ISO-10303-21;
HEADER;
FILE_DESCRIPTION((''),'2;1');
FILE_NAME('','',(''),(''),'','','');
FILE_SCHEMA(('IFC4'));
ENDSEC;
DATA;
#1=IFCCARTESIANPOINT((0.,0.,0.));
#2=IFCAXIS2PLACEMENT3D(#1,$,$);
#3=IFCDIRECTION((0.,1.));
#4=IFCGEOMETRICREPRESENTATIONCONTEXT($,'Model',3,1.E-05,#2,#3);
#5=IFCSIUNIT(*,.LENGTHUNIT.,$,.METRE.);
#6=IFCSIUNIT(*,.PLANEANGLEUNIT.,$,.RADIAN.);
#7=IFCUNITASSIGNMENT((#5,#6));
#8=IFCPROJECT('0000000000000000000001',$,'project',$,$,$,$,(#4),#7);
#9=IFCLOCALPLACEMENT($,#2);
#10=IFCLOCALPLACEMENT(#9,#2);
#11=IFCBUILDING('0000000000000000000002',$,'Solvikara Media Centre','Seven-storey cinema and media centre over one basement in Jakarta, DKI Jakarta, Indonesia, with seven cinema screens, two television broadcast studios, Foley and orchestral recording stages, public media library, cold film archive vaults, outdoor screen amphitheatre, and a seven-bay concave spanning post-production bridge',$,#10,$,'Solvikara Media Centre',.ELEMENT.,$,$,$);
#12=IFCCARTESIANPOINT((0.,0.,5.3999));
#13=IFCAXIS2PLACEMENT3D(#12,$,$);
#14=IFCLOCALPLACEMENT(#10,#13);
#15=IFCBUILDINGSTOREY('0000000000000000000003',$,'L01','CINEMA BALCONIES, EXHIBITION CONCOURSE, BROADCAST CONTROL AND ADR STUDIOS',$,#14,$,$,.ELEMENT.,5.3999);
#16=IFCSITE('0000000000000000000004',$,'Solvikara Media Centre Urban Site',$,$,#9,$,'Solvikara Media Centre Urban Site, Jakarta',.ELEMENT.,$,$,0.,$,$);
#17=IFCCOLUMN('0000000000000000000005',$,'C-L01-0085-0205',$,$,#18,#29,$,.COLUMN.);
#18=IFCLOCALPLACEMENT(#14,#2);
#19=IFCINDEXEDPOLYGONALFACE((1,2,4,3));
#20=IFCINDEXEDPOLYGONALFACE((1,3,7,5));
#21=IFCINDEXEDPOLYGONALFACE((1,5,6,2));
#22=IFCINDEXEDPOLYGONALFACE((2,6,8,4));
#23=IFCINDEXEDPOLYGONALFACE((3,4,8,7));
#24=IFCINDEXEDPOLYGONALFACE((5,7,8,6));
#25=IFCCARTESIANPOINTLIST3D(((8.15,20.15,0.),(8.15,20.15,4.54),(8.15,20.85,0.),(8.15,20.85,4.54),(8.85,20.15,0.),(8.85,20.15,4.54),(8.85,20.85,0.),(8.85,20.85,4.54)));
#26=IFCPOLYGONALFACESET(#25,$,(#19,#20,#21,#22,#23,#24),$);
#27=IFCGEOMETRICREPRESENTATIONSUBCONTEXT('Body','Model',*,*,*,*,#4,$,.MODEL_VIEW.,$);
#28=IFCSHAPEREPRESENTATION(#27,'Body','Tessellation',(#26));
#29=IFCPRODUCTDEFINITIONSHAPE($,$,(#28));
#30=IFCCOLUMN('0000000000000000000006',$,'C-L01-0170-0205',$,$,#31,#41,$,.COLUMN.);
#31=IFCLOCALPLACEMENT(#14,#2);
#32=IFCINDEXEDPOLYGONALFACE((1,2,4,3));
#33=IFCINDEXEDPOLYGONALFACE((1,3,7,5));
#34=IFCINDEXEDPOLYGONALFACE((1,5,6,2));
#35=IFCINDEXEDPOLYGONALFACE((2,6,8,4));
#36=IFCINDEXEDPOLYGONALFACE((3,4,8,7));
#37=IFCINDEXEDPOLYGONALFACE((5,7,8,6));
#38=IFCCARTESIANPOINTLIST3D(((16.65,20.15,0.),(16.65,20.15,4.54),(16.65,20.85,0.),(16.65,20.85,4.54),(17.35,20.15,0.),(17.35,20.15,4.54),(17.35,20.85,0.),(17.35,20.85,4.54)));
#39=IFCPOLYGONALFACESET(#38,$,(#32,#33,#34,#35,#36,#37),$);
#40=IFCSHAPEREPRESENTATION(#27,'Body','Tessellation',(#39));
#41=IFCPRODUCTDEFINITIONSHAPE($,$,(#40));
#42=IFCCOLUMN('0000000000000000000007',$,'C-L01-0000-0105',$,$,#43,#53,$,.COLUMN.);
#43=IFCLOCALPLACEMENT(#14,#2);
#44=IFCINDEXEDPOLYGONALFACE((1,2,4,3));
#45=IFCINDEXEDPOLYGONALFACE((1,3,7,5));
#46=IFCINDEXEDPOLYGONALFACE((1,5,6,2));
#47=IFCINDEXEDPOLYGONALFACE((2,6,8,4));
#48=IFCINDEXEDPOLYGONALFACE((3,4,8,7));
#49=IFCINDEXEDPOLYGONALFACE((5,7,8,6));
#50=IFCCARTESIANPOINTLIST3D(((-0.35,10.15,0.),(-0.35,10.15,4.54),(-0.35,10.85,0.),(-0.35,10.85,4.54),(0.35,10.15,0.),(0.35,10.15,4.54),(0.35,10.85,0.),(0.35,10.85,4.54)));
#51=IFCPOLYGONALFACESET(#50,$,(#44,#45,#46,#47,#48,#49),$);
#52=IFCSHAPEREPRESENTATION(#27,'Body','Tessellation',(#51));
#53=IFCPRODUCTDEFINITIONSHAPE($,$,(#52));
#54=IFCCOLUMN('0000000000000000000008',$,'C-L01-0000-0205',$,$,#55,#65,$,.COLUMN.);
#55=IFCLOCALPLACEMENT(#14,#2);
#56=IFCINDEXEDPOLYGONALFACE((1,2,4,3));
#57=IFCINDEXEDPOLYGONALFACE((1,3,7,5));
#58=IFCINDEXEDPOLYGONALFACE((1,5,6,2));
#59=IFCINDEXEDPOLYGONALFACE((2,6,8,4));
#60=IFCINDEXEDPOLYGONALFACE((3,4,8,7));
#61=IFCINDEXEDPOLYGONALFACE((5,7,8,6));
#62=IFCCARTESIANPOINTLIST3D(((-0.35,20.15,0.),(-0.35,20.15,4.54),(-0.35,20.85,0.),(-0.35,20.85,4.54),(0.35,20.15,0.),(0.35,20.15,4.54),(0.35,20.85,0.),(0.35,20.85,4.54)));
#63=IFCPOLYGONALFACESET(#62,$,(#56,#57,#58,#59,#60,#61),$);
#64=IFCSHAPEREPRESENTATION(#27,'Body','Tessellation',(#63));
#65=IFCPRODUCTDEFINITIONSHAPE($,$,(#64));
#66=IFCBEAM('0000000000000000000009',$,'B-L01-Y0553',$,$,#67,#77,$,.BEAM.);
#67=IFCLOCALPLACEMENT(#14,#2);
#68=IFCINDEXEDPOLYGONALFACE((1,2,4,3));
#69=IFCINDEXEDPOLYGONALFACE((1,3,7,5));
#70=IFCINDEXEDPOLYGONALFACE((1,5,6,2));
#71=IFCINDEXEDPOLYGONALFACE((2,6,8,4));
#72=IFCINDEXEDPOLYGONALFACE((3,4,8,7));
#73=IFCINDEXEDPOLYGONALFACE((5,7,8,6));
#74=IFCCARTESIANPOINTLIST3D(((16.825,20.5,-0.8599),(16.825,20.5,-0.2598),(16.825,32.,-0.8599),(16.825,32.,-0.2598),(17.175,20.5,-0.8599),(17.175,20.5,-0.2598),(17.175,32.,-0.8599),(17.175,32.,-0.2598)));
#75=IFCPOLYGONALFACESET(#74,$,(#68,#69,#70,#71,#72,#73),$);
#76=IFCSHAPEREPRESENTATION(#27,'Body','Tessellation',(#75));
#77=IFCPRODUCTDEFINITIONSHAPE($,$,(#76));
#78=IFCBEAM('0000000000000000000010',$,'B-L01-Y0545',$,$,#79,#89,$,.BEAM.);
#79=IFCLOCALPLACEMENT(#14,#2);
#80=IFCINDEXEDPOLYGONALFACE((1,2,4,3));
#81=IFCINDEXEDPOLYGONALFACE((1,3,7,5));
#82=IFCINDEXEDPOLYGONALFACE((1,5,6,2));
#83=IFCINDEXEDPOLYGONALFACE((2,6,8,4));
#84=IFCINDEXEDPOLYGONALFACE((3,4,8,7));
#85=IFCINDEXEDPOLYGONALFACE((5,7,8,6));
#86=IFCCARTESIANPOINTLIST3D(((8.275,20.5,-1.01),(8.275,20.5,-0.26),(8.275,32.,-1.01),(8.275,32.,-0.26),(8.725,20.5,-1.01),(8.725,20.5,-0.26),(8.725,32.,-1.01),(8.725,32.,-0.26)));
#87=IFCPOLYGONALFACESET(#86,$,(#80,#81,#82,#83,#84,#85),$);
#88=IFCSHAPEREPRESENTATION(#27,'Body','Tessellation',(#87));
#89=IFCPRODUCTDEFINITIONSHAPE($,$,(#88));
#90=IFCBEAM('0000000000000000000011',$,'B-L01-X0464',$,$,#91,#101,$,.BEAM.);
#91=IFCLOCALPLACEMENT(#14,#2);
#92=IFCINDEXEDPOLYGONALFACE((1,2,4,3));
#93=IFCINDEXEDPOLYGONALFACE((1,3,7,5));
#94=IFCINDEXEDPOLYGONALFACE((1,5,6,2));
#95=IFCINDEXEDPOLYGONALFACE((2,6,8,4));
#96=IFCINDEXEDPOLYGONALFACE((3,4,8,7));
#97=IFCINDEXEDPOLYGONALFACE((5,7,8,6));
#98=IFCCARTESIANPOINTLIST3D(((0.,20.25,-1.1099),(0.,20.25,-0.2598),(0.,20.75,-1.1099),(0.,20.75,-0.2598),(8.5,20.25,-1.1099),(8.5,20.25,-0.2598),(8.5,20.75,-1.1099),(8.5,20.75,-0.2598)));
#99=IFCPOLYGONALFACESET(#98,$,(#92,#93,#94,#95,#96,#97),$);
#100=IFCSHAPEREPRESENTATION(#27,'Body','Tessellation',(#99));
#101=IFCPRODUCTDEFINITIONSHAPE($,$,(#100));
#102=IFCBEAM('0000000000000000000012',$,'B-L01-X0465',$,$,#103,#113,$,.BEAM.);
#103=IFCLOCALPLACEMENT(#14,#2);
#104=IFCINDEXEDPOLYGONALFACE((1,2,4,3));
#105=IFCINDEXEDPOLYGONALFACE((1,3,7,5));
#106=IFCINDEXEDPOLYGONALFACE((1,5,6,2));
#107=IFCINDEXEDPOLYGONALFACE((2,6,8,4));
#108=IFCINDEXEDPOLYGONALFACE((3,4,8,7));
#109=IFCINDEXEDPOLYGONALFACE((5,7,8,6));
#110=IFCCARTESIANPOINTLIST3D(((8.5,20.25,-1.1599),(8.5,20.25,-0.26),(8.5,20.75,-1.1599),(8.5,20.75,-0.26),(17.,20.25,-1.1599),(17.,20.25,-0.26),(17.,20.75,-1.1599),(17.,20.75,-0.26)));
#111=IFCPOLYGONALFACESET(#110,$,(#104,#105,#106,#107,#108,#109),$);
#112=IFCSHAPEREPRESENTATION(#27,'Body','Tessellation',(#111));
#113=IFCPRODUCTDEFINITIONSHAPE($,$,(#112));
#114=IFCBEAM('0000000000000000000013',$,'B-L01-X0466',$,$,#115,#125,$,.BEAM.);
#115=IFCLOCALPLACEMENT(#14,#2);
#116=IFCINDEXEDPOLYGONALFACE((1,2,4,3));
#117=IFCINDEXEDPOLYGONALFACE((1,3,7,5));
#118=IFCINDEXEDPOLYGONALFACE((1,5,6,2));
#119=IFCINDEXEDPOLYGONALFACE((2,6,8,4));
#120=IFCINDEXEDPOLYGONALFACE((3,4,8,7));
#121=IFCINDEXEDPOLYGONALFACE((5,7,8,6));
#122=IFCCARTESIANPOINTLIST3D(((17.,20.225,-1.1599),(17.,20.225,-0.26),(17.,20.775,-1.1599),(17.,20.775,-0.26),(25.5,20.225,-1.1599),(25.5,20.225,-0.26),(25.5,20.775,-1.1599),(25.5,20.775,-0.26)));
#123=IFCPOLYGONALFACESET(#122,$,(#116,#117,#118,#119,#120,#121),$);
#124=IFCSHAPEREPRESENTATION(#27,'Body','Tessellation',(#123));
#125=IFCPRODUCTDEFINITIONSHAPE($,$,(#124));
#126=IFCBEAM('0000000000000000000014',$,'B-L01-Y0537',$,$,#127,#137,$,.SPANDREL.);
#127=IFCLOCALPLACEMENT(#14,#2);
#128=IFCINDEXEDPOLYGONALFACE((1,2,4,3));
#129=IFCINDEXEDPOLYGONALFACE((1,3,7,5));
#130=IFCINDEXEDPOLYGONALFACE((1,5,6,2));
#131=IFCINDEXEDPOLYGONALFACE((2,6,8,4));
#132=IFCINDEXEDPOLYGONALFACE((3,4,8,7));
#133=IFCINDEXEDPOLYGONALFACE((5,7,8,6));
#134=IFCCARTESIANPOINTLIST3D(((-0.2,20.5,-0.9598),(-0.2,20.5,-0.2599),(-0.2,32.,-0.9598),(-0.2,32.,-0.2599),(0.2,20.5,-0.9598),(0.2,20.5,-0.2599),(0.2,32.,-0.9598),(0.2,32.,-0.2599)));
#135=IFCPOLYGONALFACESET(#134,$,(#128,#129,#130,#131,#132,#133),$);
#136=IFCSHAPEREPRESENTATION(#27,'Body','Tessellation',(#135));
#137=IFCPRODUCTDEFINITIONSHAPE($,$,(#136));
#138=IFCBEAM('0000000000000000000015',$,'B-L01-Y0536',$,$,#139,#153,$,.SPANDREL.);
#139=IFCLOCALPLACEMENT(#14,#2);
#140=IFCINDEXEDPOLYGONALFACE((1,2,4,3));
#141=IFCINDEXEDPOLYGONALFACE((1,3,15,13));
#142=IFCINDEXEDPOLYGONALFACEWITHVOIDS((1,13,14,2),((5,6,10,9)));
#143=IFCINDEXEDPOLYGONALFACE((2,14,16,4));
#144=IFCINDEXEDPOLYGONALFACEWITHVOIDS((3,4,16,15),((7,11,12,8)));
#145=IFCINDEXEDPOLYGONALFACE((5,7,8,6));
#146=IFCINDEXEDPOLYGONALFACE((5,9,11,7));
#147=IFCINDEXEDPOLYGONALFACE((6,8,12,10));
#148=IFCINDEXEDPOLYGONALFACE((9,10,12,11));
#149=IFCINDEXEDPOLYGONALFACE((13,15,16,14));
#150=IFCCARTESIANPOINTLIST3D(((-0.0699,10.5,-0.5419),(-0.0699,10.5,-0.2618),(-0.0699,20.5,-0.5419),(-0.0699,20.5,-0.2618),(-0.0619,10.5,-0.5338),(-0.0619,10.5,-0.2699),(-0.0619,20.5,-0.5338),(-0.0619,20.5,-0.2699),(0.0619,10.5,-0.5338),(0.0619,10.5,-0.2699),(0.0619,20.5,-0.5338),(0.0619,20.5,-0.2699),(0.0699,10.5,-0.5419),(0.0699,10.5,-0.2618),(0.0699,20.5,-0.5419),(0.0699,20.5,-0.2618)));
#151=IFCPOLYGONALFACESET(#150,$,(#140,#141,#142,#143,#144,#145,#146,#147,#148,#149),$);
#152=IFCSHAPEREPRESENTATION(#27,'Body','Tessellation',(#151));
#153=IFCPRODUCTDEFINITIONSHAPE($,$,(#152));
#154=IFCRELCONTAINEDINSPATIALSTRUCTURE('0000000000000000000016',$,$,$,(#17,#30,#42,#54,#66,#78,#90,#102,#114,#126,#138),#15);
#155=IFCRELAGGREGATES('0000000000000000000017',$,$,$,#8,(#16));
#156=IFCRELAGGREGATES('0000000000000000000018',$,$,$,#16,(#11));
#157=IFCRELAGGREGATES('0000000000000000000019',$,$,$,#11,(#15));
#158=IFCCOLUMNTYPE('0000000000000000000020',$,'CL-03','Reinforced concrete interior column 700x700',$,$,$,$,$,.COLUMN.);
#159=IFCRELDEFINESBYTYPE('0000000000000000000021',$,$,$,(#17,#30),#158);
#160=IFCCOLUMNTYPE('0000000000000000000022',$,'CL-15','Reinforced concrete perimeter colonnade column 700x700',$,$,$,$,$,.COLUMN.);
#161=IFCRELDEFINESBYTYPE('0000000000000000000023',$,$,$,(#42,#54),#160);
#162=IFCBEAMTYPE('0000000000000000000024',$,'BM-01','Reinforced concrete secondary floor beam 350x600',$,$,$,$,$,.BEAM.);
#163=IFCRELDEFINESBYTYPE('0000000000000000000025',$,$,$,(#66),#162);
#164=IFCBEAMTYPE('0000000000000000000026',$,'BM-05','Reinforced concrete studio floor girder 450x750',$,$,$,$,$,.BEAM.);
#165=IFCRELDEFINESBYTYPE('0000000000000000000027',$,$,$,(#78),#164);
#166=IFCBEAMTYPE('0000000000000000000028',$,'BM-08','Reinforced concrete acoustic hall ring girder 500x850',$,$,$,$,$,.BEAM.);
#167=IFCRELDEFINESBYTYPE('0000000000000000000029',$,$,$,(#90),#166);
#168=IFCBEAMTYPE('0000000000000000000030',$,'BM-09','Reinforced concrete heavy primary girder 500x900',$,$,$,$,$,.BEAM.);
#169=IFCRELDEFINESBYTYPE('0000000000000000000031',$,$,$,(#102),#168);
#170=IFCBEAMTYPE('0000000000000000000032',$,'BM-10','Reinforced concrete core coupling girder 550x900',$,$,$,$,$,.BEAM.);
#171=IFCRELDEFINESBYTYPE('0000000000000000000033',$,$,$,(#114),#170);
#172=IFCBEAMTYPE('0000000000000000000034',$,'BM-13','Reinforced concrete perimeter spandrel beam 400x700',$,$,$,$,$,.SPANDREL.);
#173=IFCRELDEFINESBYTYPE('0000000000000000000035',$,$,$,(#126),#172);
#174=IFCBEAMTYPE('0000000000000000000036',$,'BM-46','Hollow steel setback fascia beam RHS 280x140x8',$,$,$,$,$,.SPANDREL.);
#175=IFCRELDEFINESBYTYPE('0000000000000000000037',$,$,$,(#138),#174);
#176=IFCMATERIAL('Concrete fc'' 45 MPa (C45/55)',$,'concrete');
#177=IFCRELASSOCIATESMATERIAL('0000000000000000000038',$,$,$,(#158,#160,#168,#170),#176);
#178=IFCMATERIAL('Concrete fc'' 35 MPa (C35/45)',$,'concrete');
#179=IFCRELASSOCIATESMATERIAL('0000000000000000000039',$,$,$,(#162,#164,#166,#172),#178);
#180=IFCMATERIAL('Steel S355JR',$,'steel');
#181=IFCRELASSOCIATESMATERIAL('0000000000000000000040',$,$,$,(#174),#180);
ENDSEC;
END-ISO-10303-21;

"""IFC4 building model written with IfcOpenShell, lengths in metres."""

from ifc_helpers import new_model, si_unit, direction, frame, origin, origin_2d, place, context, subcontext, project, spatial, rectangle, hollow_rectangle, extrude, material, material_profile, profile_set, type_object, element, save


model = new_model("IFC4")

# Units and contexts
model_context = context("Model", 3, precision=1e-05, world=origin(), true_north=direction((0.0, 1.0)))
body_context = subcontext(model_context, "Body", "Model", "MODEL_VIEW")
ifc_project = project(units=[si_unit("LENGTHUNIT", "METRE"), si_unit("PLANEANGLEUNIT", "RADIAN")], contexts=[model_context])

# Site, building, storey
site_placement = place(None, origin())
site = spatial("IfcSite", under=ifc_project, at=site_placement, Name="Solvikara Media Centre Urban Site", LongName="Solvikara Media Centre Urban Site, Jakarta", CompositionType="ELEMENT", RefElevation=0.0)
building_placement = place(site_placement, origin())
building = spatial("IfcBuilding", under=site, at=building_placement, Name="Solvikara Media Centre", Description="Seven-storey cinema and media centre over one basement in Jakarta, DKI Jakarta, Indonesia, with seven cinema screens, two television broadcast studios, Foley and orchestral recording stages, public media library, cold film archive vaults, outdoor screen amphitheatre, and a seven-bay concave spanning post-production bridge", LongName="Solvikara Media Centre", CompositionType="ELEMENT")
storey_placement = place(building_placement, frame((0.0, 0.0, 5.3999)))
storey = spatial("IfcBuildingStorey", under=building, at=storey_placement, Name="L01", Description="CINEMA BALCONIES, EXHIBITION CONCOURSE, BROADCAST CONTROL AND ADR STUDIOS", CompositionType="ELEMENT", Elevation=5.3999)

# Columns
ifc_material_1 = material(Name="Concrete fc' 45 MPa (C45/55)", Category="concrete")
ifc_material_profile_1 = material_profile(ifc_material_1, rectangle(XDim=0.7, YDim=0.7, at=origin_2d()), Name="RC 700x700")
ifc_profile_set_1 = profile_set([ifc_material_profile_1], Name="Concrete fc' 45 MPa (C45/55)")
column_type_1 = type_object("IfcColumnType", Name="CL-03", Description="Reinforced concrete interior column 700x700", PredefinedType="COLUMN", material=ifc_profile_set_1)
for number, where, z_axis, x_axis, name in (
    (1, (8.5, 20.5, 0.0), (0.0, 0.0, 1.0), (1.0, 0.0, 0.0), "C-L01-0085-0205"),
    (2, (17.0, 20.5, 0.0), (0.0, 0.0, 1.0), (1.0, 0.0, 0.0), "C-L01-0170-0205"),
):
    element("IfcColumn", number, at=place(storey_placement, frame(where, z_axis=z_axis, x_axis=x_axis)), inside=storey, type_object=column_type_1, Name=name, PredefinedType="COLUMN", context=body_context, shape_type="SweptSolid", body=[
        extrude(rectangle(XDim=0.7, YDim=0.7, at=origin_2d()), origin(), (0.0, 0.0, 1.0), 4.54),
    ])
ifc_material_profile_2 = material_profile(ifc_material_1, rectangle(XDim=0.7, YDim=0.7, at=origin_2d()), Name="RC 700x700")
ifc_profile_set_2 = profile_set([ifc_material_profile_2], Name="Concrete fc' 45 MPa (C45/55)")
column_type_2 = type_object("IfcColumnType", Name="CL-15", Description="Reinforced concrete perimeter colonnade column 700x700", PredefinedType="COLUMN", material=ifc_profile_set_2)
for number, where, z_axis, x_axis, name in (
    (3, (0.0, 10.5, 0.0), (0.0, 0.0, 1.0), (1.0, 0.0, 0.0), "C-L01-0000-0105"),
    (4, (0.0, 20.5, 0.0), (0.0, 0.0, 1.0), (1.0, 0.0, 0.0), "C-L01-0000-0205"),
):
    element("IfcColumn", number, at=place(storey_placement, frame(where, z_axis=z_axis, x_axis=x_axis)), inside=storey, type_object=column_type_2, Name=name, PredefinedType="COLUMN", context=body_context, shape_type="SweptSolid", body=[
        extrude(rectangle(XDim=0.7, YDim=0.7, at=origin_2d()), origin(), (0.0, 0.0, 1.0), 4.54),
    ])

# Beams
ifc_material_2 = material(Name="Concrete fc' 35 MPa (C35/45)", Category="concrete")
ifc_material_profile_3 = material_profile(ifc_material_2, rectangle(XDim=0.3501, YDim=0.6001, at=origin_2d()), Name="RC 350x600")
ifc_profile_set_3 = profile_set([ifc_material_profile_3], Name="Concrete fc' 35 MPa (C35/45)")
beam_type_1 = type_object("IfcBeamType", Name="BM-01", Description="Reinforced concrete secondary floor beam 350x600", PredefinedType="BEAM", material=ifc_profile_set_3)
beam_1_placement = place(storey_placement, frame((17.0, 20.5, -0.5598), z_axis=(0.0, 1.0, 0.0), x_axis=(-1.0, 0.0, 0.0)))
element("IfcBeam", 5, at=beam_1_placement, inside=storey, type_object=beam_type_1, Name="B-L01-Y0553", PredefinedType="BEAM", context=body_context, shape_type="SweptSolid", body=[
    extrude(rectangle(XDim=0.3501, YDim=0.6001, at=origin_2d()), origin(), (0.0, 0.0, 1.0), 11.5),
])
ifc_material_profile_4 = material_profile(ifc_material_2, rectangle(XDim=0.45, YDim=0.75, at=origin_2d()), Name="RC 450x750")
ifc_profile_set_4 = profile_set([ifc_material_profile_4], Name="Concrete fc' 35 MPa (C35/45)")
beam_type_2 = type_object("IfcBeamType", Name="BM-05", Description="Reinforced concrete studio floor girder 450x750", PredefinedType="BEAM", material=ifc_profile_set_4)
beam_2_placement = place(storey_placement, frame((8.5, 20.5, -0.635), z_axis=(0.0, 1.0, 0.0), x_axis=(-1.0, 0.0, 0.0)))
element("IfcBeam", 6, at=beam_2_placement, inside=storey, type_object=beam_type_2, Name="B-L01-Y0545", PredefinedType="BEAM", context=body_context, shape_type="SweptSolid", body=[
    extrude(rectangle(XDim=0.45, YDim=0.75, at=origin_2d()), origin(), (0.0, 0.0, 1.0), 11.5),
])
ifc_material_profile_5 = material_profile(ifc_material_2, rectangle(XDim=0.5, YDim=0.8501, at=origin_2d()), Name="RC 500x850")
ifc_profile_set_5 = profile_set([ifc_material_profile_5], Name="Concrete fc' 35 MPa (C35/45)")
beam_type_3 = type_object("IfcBeamType", Name="BM-08", Description="Reinforced concrete acoustic hall ring girder 500x850", PredefinedType="BEAM", material=ifc_profile_set_5)
beam_3_placement = place(storey_placement, frame((0.0, 20.5, -0.6848), z_axis=(1.0, 0.0, 0.0), x_axis=(0.0, 1.0, 0.0)))
element("IfcBeam", 7, at=beam_3_placement, inside=storey, type_object=beam_type_3, Name="B-L01-X0464", PredefinedType="BEAM", context=body_context, shape_type="SweptSolid", body=[
    extrude(rectangle(XDim=0.5, YDim=0.8501, at=origin_2d()), origin(), (0.0, 0.0, 1.0), 8.5),
])
ifc_material_profile_6 = material_profile(ifc_material_1, rectangle(XDim=0.5, YDim=0.8999, at=origin_2d()), Name="RC 500x900")
ifc_profile_set_6 = profile_set([ifc_material_profile_6], Name="Concrete fc' 45 MPa (C45/55)")
beam_type_4 = type_object("IfcBeamType", Name="BM-09", Description="Reinforced concrete heavy primary girder 500x900", PredefinedType="BEAM", material=ifc_profile_set_6)
beam_4_placement = place(storey_placement, frame((8.5, 20.5, -0.71), z_axis=(1.0, 0.0, 0.0), x_axis=(0.0, 1.0, 0.0)))
element("IfcBeam", 8, at=beam_4_placement, inside=storey, type_object=beam_type_4, Name="B-L01-X0465", PredefinedType="BEAM", context=body_context, shape_type="SweptSolid", body=[
    extrude(rectangle(XDim=0.5, YDim=0.8999, at=origin_2d()), origin(), (0.0, 0.0, 1.0), 8.5),
])
ifc_material_profile_7 = material_profile(ifc_material_1, rectangle(XDim=0.55, YDim=0.8999, at=origin_2d()), Name="RC 550x900")
ifc_profile_set_7 = profile_set([ifc_material_profile_7], Name="Concrete fc' 45 MPa (C45/55)")
beam_type_5 = type_object("IfcBeamType", Name="BM-10", Description="Reinforced concrete core coupling girder 550x900", PredefinedType="BEAM", material=ifc_profile_set_7)
beam_5_placement = place(storey_placement, frame((17.0, 20.5, -0.71), z_axis=(1.0, 0.0, 0.0), x_axis=(0.0, 1.0, 0.0)))
element("IfcBeam", 9, at=beam_5_placement, inside=storey, type_object=beam_type_5, Name="B-L01-X0466", PredefinedType="BEAM", context=body_context, shape_type="SweptSolid", body=[
    extrude(rectangle(XDim=0.55, YDim=0.8999, at=origin_2d()), origin(), (0.0, 0.0, 1.0), 8.5),
])
ifc_material_profile_8 = material_profile(ifc_material_2, rectangle(XDim=0.3999, YDim=0.7, at=origin_2d()), Name="RC 400x700")
ifc_profile_set_8 = profile_set([ifc_material_profile_8], Name="Concrete fc' 35 MPa (C35/45)")
beam_type_6 = type_object("IfcBeamType", Name="BM-13", Description="Reinforced concrete perimeter spandrel beam 400x700", PredefinedType="SPANDREL", material=ifc_profile_set_8)
beam_6_placement = place(storey_placement, frame((0.0, 20.5, -0.6099), z_axis=(0.0, 1.0, 0.0), x_axis=(-1.0, 0.0, 0.0)))
element("IfcBeam", 10, at=beam_6_placement, inside=storey, type_object=beam_type_6, Name="B-L01-Y0537", PredefinedType="SPANDREL", context=body_context, shape_type="SweptSolid", body=[
    extrude(rectangle(XDim=0.3999, YDim=0.7, at=origin_2d()), origin(), (0.0, 0.0, 1.0), 11.5),
])
ifc_material_3 = material(Name="Steel S355JR", Category="steel")
ifc_material_profile_9 = material_profile(ifc_material_3, hollow_rectangle(XDim=0.1399, YDim=0.28, WallThickness=0.0081, at=origin_2d()), Name="RHS 280x140x8")
ifc_profile_set_9 = profile_set([ifc_material_profile_9], Name="Steel S355JR")
beam_type_7 = type_object("IfcBeamType", Name="BM-46", Description="Hollow steel setback fascia beam RHS 280x140x8", PredefinedType="SPANDREL", material=ifc_profile_set_9)
beam_7_placement = place(storey_placement, frame((0.0, 10.5, -0.4019), z_axis=(0.0, 1.0, 0.0), x_axis=(-1.0, 0.0, 0.0)))
element("IfcBeam", 11, at=beam_7_placement, inside=storey, type_object=beam_type_7, Name="B-L01-Y0536", PredefinedType="SPANDREL", context=body_context, shape_type="SweptSolid", body=[
    extrude(hollow_rectangle(XDim=0.1399, YDim=0.28, WallThickness=0.0081, at=origin_2d()), origin(), (0.0, 0.0, 1.0), 10.0),
])

save(model, "model.ifc")
